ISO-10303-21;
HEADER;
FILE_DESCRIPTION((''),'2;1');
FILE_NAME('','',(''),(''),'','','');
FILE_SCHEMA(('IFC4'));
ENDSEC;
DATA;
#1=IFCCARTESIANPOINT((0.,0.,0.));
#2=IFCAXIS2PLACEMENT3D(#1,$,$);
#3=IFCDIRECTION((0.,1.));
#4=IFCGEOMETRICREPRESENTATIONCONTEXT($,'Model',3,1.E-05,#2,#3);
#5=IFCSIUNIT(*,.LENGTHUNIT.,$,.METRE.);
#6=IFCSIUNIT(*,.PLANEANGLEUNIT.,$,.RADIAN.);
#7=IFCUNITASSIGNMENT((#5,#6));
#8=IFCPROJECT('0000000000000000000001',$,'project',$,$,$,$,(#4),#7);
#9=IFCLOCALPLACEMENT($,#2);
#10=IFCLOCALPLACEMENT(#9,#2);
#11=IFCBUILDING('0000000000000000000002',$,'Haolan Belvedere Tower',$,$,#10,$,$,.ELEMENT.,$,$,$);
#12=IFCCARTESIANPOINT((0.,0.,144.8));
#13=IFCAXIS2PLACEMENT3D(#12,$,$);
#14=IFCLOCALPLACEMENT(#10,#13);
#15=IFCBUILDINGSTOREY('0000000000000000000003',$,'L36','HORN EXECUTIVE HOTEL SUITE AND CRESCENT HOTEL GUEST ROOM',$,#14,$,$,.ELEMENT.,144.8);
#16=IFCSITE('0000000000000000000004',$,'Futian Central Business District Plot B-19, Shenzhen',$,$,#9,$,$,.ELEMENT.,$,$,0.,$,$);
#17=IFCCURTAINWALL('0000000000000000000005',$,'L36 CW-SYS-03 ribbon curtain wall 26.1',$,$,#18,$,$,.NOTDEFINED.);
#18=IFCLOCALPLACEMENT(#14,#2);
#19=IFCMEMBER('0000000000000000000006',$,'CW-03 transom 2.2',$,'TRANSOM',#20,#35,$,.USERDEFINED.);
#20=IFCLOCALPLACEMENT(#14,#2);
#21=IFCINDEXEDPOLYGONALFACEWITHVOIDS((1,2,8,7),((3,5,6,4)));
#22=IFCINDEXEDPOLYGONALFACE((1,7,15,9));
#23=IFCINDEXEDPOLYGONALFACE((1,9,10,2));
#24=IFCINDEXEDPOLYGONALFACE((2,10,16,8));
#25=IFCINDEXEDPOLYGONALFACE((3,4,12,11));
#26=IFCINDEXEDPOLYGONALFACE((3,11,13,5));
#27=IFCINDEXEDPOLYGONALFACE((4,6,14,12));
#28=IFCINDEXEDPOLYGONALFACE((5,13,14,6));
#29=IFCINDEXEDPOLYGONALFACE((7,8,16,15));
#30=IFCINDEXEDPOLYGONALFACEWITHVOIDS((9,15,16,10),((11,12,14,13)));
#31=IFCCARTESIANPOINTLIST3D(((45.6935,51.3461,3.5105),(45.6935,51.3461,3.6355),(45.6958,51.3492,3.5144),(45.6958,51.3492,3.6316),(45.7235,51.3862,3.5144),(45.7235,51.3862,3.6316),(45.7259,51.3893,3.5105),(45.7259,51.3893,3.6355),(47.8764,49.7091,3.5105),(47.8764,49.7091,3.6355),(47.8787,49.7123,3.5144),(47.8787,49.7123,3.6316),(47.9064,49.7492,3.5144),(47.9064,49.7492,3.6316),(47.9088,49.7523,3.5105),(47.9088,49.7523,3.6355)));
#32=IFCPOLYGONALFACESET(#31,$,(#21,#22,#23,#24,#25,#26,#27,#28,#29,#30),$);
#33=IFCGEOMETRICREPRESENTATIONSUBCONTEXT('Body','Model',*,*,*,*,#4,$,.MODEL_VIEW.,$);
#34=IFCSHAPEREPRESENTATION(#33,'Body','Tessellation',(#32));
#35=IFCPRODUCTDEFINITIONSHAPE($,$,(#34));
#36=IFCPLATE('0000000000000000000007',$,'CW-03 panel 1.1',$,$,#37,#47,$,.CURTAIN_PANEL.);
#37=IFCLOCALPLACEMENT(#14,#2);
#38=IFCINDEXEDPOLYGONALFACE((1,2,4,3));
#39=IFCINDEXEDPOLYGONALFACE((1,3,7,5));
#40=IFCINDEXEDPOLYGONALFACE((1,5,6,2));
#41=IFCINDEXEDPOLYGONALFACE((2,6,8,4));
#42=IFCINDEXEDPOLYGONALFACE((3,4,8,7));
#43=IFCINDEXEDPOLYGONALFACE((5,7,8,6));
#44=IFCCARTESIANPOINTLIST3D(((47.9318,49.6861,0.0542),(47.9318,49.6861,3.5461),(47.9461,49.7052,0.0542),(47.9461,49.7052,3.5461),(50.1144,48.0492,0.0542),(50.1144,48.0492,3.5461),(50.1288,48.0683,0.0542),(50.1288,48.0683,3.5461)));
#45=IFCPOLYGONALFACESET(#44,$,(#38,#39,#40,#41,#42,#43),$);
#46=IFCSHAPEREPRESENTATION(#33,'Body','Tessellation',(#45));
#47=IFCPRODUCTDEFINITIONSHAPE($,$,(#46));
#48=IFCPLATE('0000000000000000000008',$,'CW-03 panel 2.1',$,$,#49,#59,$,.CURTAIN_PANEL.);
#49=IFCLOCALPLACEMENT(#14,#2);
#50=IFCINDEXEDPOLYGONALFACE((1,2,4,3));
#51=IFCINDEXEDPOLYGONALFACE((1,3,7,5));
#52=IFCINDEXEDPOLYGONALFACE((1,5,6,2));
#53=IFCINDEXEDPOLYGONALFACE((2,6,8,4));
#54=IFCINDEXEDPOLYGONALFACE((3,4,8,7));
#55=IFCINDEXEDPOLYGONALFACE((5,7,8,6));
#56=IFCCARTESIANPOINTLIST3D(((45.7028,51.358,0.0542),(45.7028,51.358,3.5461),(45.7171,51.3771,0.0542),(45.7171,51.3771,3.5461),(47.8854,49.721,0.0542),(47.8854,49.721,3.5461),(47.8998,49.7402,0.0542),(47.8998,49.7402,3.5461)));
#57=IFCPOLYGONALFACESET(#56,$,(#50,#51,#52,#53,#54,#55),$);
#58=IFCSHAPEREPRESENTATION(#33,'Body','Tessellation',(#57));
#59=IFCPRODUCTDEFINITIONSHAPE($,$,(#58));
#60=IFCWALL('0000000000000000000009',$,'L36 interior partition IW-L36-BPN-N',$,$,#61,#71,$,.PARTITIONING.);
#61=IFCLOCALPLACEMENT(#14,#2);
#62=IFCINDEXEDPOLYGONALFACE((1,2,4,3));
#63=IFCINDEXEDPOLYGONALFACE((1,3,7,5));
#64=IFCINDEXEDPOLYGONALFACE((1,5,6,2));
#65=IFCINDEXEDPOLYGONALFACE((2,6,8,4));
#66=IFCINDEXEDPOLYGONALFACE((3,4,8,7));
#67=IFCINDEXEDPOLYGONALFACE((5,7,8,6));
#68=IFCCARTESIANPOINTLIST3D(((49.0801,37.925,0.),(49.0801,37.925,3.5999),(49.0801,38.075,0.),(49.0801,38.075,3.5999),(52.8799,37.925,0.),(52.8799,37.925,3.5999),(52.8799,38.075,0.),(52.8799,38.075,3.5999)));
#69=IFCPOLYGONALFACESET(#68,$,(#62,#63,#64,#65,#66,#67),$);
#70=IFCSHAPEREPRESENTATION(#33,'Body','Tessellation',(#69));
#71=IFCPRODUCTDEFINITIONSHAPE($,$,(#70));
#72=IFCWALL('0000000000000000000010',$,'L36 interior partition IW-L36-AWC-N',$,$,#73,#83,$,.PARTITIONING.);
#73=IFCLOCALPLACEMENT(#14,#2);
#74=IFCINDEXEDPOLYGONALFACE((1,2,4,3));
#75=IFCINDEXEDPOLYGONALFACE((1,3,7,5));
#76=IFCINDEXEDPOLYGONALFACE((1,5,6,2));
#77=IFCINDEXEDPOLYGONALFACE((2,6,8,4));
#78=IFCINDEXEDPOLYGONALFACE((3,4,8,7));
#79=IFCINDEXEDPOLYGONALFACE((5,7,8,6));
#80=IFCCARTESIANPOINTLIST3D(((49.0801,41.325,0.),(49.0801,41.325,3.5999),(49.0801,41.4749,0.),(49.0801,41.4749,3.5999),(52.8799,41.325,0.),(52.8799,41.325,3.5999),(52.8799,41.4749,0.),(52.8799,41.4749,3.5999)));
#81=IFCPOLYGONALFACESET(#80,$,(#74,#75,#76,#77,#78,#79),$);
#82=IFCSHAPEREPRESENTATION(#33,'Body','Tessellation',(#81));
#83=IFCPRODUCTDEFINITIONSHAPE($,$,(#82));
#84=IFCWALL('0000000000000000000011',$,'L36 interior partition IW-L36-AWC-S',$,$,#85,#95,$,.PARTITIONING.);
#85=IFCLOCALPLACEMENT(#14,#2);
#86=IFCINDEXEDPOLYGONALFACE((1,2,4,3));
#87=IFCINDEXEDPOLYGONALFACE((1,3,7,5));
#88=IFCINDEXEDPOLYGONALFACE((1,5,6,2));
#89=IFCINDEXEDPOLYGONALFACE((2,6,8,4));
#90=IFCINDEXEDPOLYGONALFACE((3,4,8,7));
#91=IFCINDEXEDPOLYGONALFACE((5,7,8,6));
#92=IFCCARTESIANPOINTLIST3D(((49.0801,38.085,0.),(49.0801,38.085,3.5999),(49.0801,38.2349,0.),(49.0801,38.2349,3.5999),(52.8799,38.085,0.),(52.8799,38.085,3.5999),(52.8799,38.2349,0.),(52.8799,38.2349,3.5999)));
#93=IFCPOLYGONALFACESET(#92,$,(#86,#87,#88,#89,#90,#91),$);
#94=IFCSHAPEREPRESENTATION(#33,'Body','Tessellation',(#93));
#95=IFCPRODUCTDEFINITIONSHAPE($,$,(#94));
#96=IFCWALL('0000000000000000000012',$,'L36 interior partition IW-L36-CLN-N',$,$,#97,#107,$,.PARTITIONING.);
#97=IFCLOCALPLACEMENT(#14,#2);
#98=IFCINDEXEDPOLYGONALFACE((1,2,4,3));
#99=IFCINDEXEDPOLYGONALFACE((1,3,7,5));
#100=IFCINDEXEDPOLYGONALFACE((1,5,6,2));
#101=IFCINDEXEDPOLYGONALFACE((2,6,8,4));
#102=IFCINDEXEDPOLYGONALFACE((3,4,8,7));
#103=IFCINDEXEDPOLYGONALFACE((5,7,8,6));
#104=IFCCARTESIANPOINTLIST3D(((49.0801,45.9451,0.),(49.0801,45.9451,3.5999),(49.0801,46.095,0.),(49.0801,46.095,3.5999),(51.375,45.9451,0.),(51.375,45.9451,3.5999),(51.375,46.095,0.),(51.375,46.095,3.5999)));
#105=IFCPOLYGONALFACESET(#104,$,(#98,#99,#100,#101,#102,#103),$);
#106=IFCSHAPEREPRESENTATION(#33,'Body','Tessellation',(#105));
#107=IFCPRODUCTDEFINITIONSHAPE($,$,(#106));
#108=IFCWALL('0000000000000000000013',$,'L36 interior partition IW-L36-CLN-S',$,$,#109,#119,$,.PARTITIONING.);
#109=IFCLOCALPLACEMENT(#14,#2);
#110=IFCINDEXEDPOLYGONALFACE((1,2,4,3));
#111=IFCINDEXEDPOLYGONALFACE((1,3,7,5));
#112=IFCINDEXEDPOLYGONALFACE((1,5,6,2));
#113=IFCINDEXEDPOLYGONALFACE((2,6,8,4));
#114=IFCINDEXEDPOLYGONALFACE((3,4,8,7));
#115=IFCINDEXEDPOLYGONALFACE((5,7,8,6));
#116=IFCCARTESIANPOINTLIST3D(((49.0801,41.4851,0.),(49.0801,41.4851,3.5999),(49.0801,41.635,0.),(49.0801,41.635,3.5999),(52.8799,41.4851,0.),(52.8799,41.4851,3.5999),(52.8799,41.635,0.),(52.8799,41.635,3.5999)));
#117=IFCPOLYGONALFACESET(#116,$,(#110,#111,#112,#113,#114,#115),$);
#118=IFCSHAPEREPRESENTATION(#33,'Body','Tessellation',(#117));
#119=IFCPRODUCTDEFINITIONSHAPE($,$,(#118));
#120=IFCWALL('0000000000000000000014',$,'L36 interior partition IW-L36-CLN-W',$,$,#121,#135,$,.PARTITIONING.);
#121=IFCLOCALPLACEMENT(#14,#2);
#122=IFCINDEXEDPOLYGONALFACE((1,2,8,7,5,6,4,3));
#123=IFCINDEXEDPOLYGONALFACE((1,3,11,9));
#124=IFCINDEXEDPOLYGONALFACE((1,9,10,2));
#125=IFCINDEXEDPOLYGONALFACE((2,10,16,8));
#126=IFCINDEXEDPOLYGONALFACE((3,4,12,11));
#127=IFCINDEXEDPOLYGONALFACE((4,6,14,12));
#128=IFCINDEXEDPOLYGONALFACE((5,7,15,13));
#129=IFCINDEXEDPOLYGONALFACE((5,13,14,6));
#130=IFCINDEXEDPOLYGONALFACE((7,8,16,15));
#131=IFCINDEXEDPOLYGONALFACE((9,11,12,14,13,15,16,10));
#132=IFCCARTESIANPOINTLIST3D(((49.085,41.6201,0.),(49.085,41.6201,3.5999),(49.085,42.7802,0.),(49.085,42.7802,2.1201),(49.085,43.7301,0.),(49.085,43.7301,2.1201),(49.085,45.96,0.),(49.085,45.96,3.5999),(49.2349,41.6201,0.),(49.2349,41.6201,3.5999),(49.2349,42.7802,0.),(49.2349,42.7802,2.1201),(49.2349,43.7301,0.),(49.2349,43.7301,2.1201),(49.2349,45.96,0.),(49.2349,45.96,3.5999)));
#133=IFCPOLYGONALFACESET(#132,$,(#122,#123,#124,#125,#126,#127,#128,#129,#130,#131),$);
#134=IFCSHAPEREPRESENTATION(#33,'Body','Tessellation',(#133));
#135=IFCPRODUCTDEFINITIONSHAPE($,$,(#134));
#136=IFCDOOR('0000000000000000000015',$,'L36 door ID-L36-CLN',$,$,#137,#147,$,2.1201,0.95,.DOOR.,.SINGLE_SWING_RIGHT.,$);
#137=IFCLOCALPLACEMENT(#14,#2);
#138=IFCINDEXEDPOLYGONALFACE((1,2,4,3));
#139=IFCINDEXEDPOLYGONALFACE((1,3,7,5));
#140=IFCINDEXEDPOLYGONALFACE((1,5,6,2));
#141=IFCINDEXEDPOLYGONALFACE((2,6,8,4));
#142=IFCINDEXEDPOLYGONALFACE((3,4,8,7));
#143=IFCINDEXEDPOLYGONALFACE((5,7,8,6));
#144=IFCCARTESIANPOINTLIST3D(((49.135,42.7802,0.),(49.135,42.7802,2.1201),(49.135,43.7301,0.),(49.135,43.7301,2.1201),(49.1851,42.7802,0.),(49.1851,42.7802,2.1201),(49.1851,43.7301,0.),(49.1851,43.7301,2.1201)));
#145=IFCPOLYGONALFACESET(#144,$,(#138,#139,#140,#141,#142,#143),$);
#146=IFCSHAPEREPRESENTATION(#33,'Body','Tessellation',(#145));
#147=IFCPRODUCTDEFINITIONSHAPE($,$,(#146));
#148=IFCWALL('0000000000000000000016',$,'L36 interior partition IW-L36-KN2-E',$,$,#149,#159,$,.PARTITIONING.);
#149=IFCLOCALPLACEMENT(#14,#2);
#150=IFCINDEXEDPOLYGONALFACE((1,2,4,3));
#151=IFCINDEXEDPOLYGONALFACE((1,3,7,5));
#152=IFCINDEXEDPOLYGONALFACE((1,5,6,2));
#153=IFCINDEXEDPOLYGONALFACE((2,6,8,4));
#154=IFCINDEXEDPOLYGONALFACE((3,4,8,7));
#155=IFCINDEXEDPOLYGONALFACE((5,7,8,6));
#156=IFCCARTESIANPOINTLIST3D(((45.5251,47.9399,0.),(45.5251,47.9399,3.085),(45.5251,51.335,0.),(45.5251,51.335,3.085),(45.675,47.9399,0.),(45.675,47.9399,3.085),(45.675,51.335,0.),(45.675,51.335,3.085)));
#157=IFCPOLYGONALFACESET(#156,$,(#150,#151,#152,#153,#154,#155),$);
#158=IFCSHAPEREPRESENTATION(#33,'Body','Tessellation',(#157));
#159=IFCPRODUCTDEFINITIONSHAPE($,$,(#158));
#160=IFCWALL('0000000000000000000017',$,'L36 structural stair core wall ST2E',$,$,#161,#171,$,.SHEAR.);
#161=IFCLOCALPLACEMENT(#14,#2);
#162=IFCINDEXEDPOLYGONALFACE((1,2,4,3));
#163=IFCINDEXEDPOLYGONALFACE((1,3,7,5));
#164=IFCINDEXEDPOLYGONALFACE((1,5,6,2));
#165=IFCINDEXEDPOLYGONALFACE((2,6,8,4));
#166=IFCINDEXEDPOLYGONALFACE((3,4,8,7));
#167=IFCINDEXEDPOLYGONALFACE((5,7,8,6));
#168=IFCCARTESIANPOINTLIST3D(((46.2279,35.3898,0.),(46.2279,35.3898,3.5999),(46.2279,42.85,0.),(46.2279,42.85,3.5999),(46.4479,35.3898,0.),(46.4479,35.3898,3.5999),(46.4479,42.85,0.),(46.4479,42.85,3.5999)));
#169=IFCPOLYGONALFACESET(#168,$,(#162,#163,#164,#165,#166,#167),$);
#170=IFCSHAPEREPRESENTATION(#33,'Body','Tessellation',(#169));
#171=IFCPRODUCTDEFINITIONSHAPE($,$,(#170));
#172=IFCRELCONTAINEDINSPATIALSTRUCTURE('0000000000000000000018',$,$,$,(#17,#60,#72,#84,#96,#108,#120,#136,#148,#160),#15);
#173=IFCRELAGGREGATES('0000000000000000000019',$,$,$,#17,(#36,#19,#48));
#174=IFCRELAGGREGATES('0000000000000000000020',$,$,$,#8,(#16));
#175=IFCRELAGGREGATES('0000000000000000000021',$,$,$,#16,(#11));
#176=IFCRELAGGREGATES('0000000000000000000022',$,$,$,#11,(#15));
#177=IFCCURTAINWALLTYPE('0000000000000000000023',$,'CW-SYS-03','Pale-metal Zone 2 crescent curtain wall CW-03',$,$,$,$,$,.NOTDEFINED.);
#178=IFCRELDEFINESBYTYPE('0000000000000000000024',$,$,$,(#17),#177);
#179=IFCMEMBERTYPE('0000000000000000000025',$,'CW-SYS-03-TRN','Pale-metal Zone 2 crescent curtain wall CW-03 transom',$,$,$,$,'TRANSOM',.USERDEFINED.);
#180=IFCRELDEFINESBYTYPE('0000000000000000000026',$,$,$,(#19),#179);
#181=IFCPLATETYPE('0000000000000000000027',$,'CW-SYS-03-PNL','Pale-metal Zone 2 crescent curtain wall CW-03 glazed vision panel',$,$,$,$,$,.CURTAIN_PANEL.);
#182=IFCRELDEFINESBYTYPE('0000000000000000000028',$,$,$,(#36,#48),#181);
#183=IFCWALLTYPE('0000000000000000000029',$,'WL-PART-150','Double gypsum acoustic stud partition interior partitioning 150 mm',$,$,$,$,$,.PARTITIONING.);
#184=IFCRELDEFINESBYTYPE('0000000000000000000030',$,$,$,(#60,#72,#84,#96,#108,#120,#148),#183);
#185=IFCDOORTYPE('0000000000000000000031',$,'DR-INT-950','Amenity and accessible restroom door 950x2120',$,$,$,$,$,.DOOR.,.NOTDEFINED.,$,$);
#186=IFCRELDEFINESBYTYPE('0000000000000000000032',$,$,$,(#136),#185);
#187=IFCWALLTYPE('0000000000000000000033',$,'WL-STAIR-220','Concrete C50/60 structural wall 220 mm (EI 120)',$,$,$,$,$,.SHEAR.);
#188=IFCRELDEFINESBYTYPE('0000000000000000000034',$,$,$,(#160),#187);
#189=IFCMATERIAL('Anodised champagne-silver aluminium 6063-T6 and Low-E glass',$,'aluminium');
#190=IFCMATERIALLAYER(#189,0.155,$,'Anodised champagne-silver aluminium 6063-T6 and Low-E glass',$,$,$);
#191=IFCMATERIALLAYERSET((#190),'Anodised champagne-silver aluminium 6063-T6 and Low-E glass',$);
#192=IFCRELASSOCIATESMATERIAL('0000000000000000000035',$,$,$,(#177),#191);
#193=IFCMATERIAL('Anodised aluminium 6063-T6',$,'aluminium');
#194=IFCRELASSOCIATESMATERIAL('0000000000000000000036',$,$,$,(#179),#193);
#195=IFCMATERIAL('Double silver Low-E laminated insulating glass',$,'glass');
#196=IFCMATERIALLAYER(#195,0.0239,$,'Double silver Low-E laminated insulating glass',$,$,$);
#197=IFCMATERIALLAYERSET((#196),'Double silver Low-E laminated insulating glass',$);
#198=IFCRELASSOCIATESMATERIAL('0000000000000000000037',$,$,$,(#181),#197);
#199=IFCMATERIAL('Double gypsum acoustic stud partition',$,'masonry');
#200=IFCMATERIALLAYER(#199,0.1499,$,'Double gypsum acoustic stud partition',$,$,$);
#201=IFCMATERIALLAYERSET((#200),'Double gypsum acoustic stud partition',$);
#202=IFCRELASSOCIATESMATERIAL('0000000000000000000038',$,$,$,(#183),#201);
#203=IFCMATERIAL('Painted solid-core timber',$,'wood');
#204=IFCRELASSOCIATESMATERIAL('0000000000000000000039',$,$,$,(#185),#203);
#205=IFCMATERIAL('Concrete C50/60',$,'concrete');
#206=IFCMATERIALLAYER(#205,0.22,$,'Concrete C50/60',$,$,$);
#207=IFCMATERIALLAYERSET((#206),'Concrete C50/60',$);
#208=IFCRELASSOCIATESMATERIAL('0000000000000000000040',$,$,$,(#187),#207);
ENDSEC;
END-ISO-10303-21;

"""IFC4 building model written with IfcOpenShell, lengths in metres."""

from ifc_helpers import new_model, si_unit, direction, frame, frame_2d, origin, origin_2d, place, context, subcontext, project, spatial, rectangle, hollow_rectangle, extrude, material, layer, layer_set, material_profile, profile_set, type_object, element, fill, aggregate, save


model = new_model("IFC4")

# Units and contexts
model_context = context("Model", 3, precision=1e-05, world=origin(), true_north=direction((0.0, 1.0)))
body_context = subcontext(model_context, "Body", "Model", "MODEL_VIEW")
ifc_project = project(units=[si_unit("LENGTHUNIT", "METRE"), si_unit("PLANEANGLEUNIT", "RADIAN")], contexts=[model_context])

# Site, building, storey
site_placement = place(None, origin())
site = spatial("IfcSite", under=ifc_project, at=site_placement, Name="Futian Central Business District Plot B-19, Shenzhen", CompositionType="ELEMENT", RefElevation=0.0)
building_placement = place(site_placement, origin())
building = spatial("IfcBuilding", under=site, at=building_placement, Name="Haolan Belvedere Tower", CompositionType="ELEMENT")
storey_placement = place(building_placement, frame((0.0, 0.0, 144.8)))
storey = spatial("IfcBuildingStorey", under=building, at=storey_placement, Name="L36", Description="HORN EXECUTIVE HOTEL SUITE AND CRESCENT HOTEL GUEST ROOM", CompositionType="ELEMENT", Elevation=144.8)

# Curtain wall, member, plates
ifc_material_1 = material(Name="Anodised champagne-silver aluminium 6063-T6 and Low-E glass", Category="aluminium")
ifc_layer_1 = layer(ifc_material_1, 0.155, Name="Anodised champagne-silver aluminium 6063-T6 and Low-E glass")
ifc_layer_set_1 = layer_set([ifc_layer_1], Name="Anodised champagne-silver aluminium 6063-T6 and Low-E glass")
curtain_wall_type = type_object("IfcCurtainWallType", Name="CW-SYS-03", Description="Pale-metal Zone 2 crescent curtain wall CW-03", PredefinedType="NOTDEFINED", material=ifc_layer_set_1)
curtain_wall_placement = place(storey_placement, origin())
curtain_wall = element("IfcCurtainWall", 1, at=curtain_wall_placement, inside=storey, type_object=curtain_wall_type, Name="L36 CW-SYS-03 ribbon curtain wall 26.1", PredefinedType="NOTDEFINED")
ifc_material_2 = material(Name="Anodised aluminium 6063-T6", Category="aluminium")
ifc_material_profile_1 = material_profile(ifc_material_2, hollow_rectangle(XDim=0.054, YDim=0.125, WallThickness=0.0039, at=origin_2d()), Name="Anodised aluminium 6063-T6")
ifc_profile_set_1 = profile_set([ifc_material_profile_1], Name="Anodised aluminium 6063-T6")
member_type_1 = type_object("IfcMemberType", Name="CW-SYS-03-TRN", Description="Pale-metal Zone 2 crescent curtain wall CW-03 transom", ElementType="TRANSOM", PredefinedType="USERDEFINED", material=ifc_profile_set_1)
member_1_placement = place(storey_placement, frame((47.8926, 49.7307, 3.573), z_axis=(-0.800032, 0.599957, 0.0), x_axis=(-0.599957, -0.800032, 0.0)))
member_1 = element("IfcMember", 2, at=member_1_placement, type_object=member_type_1, Name="CW-03 transom 2.2", ObjectType="TRANSOM", PredefinedType="USERDEFINED", context=body_context, shape_type="SweptSolid", body=[
    extrude(hollow_rectangle(XDim=0.054, YDim=0.125, WallThickness=0.0039, at=origin_2d()), origin(), (0.0, 0.0, 1.0), 2.7285),
])
ifc_material_3 = material(Name="Double silver Low-E laminated insulating glass", Category="glass")
ifc_layer_2 = layer(ifc_material_3, 0.0239, Name="Double silver Low-E laminated insulating glass")
ifc_layer_set_2 = layer_set([ifc_layer_2], Name="Double silver Low-E laminated insulating glass")
plate_type = type_object("IfcPlateType", Name="CW-SYS-03-PNL", Description="Pale-metal Zone 2 crescent curtain wall CW-03 glazed vision panel", PredefinedType="CURTAIN_PANEL", material=ifc_layer_set_2)
plate_1_placement = place(storey_placement, frame((49.0303, 48.8772, 0.0542), z_axis=(0.0, 0.0, 1.0), x_axis=(-0.800004, 0.599994, 0.0)))
plate_1 = element("IfcPlate", 3, at=plate_1_placement, type_object=plate_type, Name="CW-03 panel 1.1", PredefinedType="CURTAIN_PANEL", context=body_context, shape_type="SweptSolid", body=[
    extrude(rectangle(XDim=2.7283, YDim=0.0239, at=origin_2d()), origin(), (0.0, 0.0, 1.0), 3.4919),
])
plate_2_placement = place(storey_placement, frame((46.8013, 50.5491, 0.0542), z_axis=(0.0, 0.0, 1.0), x_axis=(-0.800004, 0.599994, 0.0)))
plate_2 = element("IfcPlate", 4, at=plate_2_placement, type_object=plate_type, Name="CW-03 panel 2.1", PredefinedType="CURTAIN_PANEL", context=body_context, shape_type="SweptSolid", body=[
    extrude(rectangle(XDim=2.7283, YDim=0.0239, at=origin_2d()), origin(), (0.0, 0.0, 1.0), 3.4919),
])
aggregate(curtain_wall, [plate_1, member_1, plate_2])

# Walls
ifc_material_4 = material(Name="Double gypsum acoustic stud partition", Category="masonry")
ifc_layer_3 = layer(ifc_material_4, 0.1499, Name="Double gypsum acoustic stud partition")
ifc_layer_set_3 = layer_set([ifc_layer_3], Name="Double gypsum acoustic stud partition")
wall_type_1 = type_object("IfcWallType", Name="WL-PART-150", Description="Double gypsum acoustic stud partition interior partitioning 150 mm", PredefinedType="PARTITIONING", material=ifc_layer_set_3)
for number, where, z_axis, x_axis, name in (
    (5, (49.0801, 38.0, 0.0), (0.0, 0.0, 1.0), (1.0, 0.0, 0.0), "L36 interior partition IW-L36-BPN-N"),
    (6, (49.0801, 41.3999, 0.0), (0.0, 0.0, 1.0), (1.0, 0.0, 0.0), "L36 interior partition IW-L36-AWC-N"),
    (7, (49.0801, 38.1599, 0.0), (0.0, 0.0, 1.0), (1.0, 0.0, 0.0), "L36 interior partition IW-L36-AWC-S"),
):
    element("IfcWall", number, at=place(storey_placement, frame(where, z_axis=z_axis, x_axis=x_axis)), inside=storey, type_object=wall_type_1, Name=name, PredefinedType="PARTITIONING", context=body_context, shape_type="SweptSolid", body=[
        extrude(rectangle(XDim=3.7998, YDim=0.1499, at=frame_2d((1.8999, 0.0))), origin(), (0.0, 0.0, 1.0), 3.5999),
    ])

# Shared definitions
ifc_material_5 = material(Name="Painted solid-core timber", Category="wood")
door_type = type_object("IfcDoorType", Name="DR-INT-950", Description="Amenity and accessible restroom door 950x2120", OperationType="NOTDEFINED", PredefinedType="DOOR", material=ifc_material_5)

# Walls
wall_1_placement = place(storey_placement, frame((49.0801, 46.02, 0.0), z_axis=(0.0, 0.0, 1.0), x_axis=(1.0, 0.0, 0.0)))
element("IfcWall", 8, at=wall_1_placement, inside=storey, type_object=wall_type_1, Name="L36 interior partition IW-L36-CLN-N", PredefinedType="PARTITIONING", context=body_context, shape_type="SweptSolid", body=[
    extrude(rectangle(XDim=2.2949, YDim=0.1499, at=frame_2d((1.1475, 0.0))), origin(), (0.0, 0.0, 1.0), 3.5999),
])
wall_2_placement = place(storey_placement, frame((49.0801, 41.5601, 0.0), z_axis=(0.0, 0.0, 1.0), x_axis=(1.0, 0.0, 0.0)))
element("IfcWall", 9, at=wall_2_placement, inside=storey, type_object=wall_type_1, Name="L36 interior partition IW-L36-CLN-S", PredefinedType="PARTITIONING", context=body_context, shape_type="SweptSolid", body=[
    extrude(rectangle(XDim=3.7998, YDim=0.1499, at=frame_2d((1.8999, 0.0))), origin(), (0.0, 0.0, 1.0), 3.5999),
])

# Wall, opening, door
wall_3_placement = place(storey_placement, frame((49.1599, 41.6201, 0.0), z_axis=(0.0, 0.0, 1.0), x_axis=(0.0, 1.0, 0.0)))
wall_3 = element("IfcWall", 10, at=wall_3_placement, inside=storey, type_object=wall_type_1, Name="L36 interior partition IW-L36-CLN-W", PredefinedType="PARTITIONING", context=body_context, shape_type="SweptSolid", body=[
    extrude(rectangle(XDim=4.3398, YDim=0.1499, at=frame_2d((2.1699, 0.0))), origin(), (0.0, 0.0, 1.0), 3.5999),
])
opening_1_placement = place(wall_3_placement, frame((1.1599, 0.0, 0.0)))
opening_1 = element("IfcOpeningElement", 11, at=opening_1_placement, cuts=wall_3, PredefinedType="OPENING", context=body_context, shape_type="SweptSolid", body=[
    extrude(rectangle(XDim=0.95, YDim=2.1201, at=frame_2d((0.4751, 1.0601))), frame((0.0, 0.085, 0.0), z_axis=(0.0, -1.0, 0.0), x_axis=(1.0, 0.0, 0.0)), (0.0, 0.0, 1.0), 0.1699),
])
door_1_placement = place(opening_1_placement, origin())
door_1 = element("IfcDoor", 12, at=door_1_placement, inside=storey, type_object=door_type, Name="L36 door ID-L36-CLN", OperationType="SINGLE_SWING_RIGHT", OverallHeight=2.1201, OverallWidth=0.95, PredefinedType="DOOR", context=body_context, shape_type="SweptSolid", body=[
    extrude(rectangle(XDim=0.95, YDim=2.1201, at=frame_2d((0.4751, 1.0601))), frame((0.0, 0.0249, 0.0), z_axis=(0.0, -1.0, 0.0), x_axis=(1.0, 0.0, 0.0)), (0.0, 0.0, 1.0), 0.05),
])
fill(opening_1, door_1)

# Walls
wall_4_placement = place(storey_placement, frame((45.6001, 47.9399, 0.0), z_axis=(0.0, 0.0, 1.0), x_axis=(0.0, 1.0, 0.0)))
element("IfcWall", 13, at=wall_4_placement, inside=storey, type_object=wall_type_1, Name="L36 interior partition IW-L36-KN2-E", PredefinedType="PARTITIONING", context=body_context, shape_type="SweptSolid", body=[
    extrude(rectangle(XDim=3.395, YDim=0.1499, at=frame_2d((1.6975, 0.0))), origin(), (0.0, 0.0, 1.0), 3.085),
])
ifc_material_6 = material(Name="Concrete C50/60", Category="concrete")
ifc_layer_4 = layer(ifc_material_6, 0.22, Name="Concrete C50/60")
ifc_layer_set_4 = layer_set([ifc_layer_4], Name="Concrete C50/60")
wall_type_2 = type_object("IfcWallType", Name="WL-STAIR-220", Description="Concrete C50/60 structural wall 220 mm (EI 120)", PredefinedType="SHEAR", material=ifc_layer_set_4)
wall_5_placement = place(storey_placement, frame((46.3379, 35.3899, 0.0), z_axis=(0.0, 0.0, 1.0), x_axis=(0.0, 1.0, 0.0)))
element("IfcWall", 14, at=wall_5_placement, inside=storey, type_object=wall_type_2, Name="L36 structural stair core wall ST2E", PredefinedType="SHEAR", context=body_context, shape_type="SweptSolid", body=[
    extrude(rectangle(XDim=7.4602, YDim=0.22, at=frame_2d((3.73, 0.0))), origin(), (0.0, 0.0, 1.0), 3.5999),
])

save(model, "model.ifc")
